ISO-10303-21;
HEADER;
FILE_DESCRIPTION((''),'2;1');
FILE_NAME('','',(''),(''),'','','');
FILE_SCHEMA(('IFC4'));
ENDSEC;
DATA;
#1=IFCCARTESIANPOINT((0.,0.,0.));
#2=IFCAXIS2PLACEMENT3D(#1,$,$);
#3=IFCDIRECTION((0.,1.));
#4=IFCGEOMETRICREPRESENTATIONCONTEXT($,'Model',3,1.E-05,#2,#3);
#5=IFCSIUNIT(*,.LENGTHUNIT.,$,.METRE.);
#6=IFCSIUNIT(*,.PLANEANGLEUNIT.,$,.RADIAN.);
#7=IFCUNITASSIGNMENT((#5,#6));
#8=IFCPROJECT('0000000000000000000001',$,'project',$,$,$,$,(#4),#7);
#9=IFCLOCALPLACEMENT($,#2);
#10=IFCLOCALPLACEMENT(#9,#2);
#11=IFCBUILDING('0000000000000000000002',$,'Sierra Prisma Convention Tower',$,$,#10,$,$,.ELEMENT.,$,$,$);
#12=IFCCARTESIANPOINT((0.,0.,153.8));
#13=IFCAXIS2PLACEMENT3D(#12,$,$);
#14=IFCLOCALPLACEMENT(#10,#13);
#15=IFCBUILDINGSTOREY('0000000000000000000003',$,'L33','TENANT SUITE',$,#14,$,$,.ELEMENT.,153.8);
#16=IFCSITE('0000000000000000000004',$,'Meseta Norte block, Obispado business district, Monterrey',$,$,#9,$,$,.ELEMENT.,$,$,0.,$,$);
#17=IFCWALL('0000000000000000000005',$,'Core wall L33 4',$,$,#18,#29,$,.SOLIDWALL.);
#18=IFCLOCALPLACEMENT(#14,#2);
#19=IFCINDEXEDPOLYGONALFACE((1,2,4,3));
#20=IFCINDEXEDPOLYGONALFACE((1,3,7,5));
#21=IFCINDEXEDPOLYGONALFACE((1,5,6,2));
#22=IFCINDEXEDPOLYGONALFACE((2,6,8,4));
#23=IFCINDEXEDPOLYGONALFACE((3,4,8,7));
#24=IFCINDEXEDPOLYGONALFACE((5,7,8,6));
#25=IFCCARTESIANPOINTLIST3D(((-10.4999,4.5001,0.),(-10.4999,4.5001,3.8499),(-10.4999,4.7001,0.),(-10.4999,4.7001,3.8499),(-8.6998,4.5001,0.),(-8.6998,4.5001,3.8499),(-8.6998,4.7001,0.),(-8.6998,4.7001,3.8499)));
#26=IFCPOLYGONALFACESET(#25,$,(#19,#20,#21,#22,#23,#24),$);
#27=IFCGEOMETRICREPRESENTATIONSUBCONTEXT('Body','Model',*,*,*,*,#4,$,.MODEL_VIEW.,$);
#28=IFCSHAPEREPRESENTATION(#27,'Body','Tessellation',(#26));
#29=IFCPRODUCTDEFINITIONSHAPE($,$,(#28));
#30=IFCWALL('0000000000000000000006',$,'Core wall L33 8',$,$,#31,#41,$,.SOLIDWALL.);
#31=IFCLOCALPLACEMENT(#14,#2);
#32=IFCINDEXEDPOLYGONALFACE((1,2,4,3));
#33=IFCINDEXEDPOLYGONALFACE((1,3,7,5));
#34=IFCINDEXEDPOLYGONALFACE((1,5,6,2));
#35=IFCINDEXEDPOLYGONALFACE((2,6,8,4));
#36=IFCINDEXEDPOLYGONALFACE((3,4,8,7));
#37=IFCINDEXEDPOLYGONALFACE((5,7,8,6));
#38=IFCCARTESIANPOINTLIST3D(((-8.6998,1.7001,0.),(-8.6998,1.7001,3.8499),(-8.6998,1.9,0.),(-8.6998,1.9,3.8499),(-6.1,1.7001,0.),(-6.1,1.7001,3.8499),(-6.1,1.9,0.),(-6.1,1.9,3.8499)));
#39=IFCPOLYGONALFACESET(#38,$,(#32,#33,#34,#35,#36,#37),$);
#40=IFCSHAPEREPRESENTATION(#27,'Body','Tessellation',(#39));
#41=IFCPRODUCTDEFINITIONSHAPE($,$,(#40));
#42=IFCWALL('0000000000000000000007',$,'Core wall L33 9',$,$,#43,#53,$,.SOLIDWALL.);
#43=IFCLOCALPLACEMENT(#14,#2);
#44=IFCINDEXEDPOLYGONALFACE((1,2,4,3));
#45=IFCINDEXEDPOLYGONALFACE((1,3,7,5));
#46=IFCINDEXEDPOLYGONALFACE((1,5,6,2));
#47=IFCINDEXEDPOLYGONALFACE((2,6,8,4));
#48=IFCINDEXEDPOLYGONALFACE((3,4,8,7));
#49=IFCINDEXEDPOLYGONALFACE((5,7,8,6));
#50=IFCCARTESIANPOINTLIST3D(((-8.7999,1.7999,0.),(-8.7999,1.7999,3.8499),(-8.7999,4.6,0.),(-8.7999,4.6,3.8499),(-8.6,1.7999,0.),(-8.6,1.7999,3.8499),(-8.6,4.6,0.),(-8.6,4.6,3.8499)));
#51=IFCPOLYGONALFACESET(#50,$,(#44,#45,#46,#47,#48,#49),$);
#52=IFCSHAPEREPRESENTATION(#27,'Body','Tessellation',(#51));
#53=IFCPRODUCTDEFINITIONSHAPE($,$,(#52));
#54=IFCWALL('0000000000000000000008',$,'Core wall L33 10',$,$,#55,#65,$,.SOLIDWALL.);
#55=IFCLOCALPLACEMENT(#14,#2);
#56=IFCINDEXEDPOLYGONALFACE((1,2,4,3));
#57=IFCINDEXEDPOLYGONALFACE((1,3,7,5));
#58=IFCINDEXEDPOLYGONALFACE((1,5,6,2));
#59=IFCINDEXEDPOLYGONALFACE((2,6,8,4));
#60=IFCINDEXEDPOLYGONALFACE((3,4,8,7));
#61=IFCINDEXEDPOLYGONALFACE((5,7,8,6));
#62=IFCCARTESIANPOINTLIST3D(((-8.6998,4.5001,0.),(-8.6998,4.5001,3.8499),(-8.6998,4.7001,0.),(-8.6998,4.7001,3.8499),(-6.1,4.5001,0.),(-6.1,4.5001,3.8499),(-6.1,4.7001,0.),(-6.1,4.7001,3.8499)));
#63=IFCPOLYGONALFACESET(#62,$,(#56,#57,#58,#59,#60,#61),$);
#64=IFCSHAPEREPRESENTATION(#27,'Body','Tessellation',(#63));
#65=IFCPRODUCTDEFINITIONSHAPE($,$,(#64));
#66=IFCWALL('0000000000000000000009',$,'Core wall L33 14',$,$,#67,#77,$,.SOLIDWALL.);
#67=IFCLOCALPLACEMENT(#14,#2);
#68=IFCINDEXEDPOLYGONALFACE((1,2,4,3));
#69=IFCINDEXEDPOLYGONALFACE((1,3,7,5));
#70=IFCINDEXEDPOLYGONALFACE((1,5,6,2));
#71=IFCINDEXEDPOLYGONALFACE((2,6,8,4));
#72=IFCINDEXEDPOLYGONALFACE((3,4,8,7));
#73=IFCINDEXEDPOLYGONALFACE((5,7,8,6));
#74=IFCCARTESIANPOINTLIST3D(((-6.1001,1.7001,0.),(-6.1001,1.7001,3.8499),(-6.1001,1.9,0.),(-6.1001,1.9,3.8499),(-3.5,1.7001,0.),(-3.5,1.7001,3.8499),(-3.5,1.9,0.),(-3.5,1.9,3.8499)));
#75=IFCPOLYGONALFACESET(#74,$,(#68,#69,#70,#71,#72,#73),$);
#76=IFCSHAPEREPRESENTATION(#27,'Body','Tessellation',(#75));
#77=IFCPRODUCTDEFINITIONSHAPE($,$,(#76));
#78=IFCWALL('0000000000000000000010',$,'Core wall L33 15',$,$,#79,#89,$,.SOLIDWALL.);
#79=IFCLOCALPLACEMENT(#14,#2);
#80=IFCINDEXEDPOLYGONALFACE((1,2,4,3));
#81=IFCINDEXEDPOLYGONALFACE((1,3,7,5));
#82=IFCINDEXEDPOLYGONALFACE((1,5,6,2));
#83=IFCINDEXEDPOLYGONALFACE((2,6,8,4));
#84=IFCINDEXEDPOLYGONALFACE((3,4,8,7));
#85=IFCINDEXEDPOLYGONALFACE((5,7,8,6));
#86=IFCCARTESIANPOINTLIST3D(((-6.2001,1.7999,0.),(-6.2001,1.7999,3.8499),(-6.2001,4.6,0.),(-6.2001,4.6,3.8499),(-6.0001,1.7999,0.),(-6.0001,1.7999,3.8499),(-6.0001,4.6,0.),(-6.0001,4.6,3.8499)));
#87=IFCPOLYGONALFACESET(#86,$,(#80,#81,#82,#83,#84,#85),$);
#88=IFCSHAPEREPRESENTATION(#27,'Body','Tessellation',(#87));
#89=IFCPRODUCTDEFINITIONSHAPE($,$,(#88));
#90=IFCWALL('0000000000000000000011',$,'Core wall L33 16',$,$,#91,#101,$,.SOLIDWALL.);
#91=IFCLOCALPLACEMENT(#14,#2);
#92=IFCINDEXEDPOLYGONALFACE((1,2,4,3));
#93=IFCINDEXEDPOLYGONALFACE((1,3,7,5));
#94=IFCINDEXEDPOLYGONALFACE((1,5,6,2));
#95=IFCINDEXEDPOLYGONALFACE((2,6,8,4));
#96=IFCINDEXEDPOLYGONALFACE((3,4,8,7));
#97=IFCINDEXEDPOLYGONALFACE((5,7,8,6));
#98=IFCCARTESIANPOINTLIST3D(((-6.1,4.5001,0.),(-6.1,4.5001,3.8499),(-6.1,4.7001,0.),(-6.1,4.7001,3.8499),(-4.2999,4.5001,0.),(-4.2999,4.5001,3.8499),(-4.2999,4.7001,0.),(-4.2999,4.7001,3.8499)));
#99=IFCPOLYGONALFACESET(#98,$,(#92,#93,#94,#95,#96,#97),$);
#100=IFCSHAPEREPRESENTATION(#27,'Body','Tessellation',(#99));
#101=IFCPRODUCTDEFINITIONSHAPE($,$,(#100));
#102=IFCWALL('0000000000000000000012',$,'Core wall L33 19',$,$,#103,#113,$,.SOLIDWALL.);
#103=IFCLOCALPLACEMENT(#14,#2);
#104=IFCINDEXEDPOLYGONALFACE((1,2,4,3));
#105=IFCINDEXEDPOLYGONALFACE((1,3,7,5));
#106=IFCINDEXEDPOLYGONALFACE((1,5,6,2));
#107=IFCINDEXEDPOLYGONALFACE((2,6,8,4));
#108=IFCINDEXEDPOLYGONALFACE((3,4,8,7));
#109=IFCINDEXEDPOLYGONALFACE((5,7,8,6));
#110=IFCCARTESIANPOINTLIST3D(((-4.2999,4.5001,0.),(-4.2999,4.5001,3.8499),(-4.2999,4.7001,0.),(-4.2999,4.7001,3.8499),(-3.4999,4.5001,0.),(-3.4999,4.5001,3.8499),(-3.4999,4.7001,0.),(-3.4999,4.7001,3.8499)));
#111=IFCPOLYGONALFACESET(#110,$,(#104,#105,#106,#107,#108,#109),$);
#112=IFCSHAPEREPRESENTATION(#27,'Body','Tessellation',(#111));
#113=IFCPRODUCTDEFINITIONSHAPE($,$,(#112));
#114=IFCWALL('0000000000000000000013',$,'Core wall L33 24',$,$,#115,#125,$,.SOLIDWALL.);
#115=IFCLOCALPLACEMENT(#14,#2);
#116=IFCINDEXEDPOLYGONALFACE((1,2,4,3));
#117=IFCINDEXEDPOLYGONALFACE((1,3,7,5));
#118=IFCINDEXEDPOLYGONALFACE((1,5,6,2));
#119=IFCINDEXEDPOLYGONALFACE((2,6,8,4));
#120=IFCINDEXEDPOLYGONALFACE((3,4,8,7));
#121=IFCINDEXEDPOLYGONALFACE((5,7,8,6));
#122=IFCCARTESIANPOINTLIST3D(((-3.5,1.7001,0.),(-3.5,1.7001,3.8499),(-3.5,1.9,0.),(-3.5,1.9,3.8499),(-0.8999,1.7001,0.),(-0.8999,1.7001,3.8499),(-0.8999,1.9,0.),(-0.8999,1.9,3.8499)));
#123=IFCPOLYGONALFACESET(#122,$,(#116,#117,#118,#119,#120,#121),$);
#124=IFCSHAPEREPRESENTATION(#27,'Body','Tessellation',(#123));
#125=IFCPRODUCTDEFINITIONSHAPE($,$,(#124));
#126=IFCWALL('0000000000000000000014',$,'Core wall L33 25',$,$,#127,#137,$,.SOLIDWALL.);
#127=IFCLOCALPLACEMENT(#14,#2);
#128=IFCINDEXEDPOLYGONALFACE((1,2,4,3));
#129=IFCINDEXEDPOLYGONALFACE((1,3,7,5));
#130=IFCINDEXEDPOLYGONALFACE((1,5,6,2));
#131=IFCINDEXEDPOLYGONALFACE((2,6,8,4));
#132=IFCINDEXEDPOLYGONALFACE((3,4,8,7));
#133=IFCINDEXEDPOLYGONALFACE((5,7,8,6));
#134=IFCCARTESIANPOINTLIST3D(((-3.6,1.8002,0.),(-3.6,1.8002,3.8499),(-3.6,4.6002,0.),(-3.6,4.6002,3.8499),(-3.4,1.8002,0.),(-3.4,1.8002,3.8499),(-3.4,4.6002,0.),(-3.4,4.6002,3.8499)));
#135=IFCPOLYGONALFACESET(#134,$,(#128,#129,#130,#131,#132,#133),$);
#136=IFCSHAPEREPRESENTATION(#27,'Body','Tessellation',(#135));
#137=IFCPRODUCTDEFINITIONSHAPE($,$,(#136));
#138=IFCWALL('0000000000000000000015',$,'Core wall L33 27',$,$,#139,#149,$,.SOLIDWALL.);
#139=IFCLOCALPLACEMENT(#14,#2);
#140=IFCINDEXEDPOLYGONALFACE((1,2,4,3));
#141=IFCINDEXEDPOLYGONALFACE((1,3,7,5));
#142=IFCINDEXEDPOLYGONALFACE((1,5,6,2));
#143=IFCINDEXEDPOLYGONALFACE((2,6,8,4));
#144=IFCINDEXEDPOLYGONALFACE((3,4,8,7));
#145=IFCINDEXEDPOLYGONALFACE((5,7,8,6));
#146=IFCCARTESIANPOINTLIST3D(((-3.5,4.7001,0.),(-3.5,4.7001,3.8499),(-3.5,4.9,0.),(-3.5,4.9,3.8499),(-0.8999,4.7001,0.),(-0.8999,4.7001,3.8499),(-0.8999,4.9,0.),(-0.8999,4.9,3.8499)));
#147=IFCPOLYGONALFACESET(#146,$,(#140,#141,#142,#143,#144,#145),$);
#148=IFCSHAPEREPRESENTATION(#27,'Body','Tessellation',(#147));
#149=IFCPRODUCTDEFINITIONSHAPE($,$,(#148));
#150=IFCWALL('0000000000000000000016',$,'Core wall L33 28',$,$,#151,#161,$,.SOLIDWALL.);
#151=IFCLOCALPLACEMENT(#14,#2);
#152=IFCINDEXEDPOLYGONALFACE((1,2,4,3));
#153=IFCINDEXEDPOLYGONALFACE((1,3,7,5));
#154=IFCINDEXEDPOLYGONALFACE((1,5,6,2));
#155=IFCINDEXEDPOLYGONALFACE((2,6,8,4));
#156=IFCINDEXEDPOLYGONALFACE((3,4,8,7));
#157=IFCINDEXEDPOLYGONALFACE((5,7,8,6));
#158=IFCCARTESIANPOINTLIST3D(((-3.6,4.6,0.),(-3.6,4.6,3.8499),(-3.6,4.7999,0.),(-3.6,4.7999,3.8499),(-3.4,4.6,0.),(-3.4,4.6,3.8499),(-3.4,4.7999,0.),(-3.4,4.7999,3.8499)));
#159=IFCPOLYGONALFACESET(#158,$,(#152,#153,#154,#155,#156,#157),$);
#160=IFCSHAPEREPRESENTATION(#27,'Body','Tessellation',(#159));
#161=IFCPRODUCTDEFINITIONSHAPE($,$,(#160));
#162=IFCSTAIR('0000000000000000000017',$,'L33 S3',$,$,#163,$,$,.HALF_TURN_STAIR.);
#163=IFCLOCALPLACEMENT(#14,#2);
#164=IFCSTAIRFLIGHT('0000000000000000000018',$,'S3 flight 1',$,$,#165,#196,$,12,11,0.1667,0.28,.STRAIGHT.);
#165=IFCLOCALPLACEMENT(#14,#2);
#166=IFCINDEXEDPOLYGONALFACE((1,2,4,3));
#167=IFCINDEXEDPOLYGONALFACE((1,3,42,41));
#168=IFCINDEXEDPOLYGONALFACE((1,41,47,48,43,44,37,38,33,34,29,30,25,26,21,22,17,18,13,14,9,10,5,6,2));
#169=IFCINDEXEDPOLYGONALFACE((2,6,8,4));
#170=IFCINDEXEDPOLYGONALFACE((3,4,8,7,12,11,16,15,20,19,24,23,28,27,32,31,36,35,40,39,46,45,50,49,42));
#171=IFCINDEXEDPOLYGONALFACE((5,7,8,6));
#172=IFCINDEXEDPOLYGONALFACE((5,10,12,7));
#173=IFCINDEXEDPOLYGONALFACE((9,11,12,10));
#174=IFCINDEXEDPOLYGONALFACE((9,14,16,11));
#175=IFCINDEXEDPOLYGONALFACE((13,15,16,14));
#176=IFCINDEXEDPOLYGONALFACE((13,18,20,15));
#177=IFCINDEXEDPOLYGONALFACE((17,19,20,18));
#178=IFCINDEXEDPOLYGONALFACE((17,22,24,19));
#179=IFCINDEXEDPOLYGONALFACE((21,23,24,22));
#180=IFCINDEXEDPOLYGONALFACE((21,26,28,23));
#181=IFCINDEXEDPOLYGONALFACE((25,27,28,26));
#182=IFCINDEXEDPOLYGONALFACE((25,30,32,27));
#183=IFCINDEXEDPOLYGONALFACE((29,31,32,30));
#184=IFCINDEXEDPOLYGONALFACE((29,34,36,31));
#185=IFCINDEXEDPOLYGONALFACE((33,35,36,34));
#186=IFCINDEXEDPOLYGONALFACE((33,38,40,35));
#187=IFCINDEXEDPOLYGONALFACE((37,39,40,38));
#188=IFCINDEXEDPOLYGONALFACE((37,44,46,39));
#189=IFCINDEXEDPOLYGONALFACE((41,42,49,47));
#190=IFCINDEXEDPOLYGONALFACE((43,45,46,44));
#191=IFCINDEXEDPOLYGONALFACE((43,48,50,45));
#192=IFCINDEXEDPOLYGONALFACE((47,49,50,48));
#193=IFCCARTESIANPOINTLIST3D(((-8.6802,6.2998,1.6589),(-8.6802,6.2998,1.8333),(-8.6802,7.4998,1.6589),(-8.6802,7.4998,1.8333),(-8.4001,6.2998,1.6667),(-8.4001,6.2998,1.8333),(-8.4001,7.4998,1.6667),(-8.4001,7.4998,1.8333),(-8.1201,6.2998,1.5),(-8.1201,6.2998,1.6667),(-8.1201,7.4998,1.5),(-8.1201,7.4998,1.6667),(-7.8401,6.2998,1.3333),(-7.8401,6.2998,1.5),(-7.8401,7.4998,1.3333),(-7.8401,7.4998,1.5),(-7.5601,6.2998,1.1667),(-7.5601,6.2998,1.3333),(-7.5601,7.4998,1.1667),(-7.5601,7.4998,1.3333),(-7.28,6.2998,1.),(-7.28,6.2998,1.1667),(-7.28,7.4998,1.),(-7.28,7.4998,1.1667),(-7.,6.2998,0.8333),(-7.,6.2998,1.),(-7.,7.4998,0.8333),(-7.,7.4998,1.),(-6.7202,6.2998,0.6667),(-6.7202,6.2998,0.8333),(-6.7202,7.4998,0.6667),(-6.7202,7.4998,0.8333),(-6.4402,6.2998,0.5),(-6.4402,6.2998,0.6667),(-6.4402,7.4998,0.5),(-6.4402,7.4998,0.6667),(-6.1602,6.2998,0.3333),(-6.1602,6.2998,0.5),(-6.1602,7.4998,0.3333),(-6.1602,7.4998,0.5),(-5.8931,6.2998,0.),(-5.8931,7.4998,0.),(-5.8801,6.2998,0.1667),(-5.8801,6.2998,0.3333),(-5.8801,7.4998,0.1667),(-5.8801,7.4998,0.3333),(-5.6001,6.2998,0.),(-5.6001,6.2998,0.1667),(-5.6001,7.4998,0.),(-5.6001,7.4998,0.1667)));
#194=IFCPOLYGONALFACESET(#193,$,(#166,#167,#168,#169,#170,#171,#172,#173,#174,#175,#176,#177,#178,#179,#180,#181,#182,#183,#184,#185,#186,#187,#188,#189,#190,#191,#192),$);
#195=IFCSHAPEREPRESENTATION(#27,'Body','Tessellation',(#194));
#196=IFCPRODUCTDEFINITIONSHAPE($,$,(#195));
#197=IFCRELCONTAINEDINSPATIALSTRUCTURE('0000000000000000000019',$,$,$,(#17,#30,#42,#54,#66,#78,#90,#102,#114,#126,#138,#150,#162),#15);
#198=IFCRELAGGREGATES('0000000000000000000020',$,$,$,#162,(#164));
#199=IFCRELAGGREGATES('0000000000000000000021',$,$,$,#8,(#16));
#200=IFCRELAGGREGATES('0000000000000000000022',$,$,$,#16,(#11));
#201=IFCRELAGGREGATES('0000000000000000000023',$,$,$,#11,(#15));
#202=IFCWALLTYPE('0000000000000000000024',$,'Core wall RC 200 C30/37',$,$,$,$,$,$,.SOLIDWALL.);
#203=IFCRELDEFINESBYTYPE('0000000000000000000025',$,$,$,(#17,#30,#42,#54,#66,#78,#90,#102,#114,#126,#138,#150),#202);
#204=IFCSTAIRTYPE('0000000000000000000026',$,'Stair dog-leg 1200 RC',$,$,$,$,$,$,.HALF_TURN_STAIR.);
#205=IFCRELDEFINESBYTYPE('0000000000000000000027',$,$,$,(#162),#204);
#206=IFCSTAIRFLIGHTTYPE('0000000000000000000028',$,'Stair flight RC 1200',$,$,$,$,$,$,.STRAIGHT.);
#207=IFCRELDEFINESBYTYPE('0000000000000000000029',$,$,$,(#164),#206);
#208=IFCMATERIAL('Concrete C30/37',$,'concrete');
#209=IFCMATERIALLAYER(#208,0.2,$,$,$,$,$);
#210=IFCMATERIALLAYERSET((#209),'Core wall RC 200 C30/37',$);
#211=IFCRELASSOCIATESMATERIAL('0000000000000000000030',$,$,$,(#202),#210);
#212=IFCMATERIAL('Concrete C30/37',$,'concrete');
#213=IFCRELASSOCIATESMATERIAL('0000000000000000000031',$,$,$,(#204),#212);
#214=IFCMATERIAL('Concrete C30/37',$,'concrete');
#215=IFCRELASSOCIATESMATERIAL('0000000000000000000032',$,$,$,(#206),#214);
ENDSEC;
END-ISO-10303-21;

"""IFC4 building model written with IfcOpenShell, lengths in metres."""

from ifc_helpers import new_model, si_unit, direction, frame, frame_2d, origin, place, context, subcontext, project, spatial, polyline, rectangle, outline, extrude, material, layer, layer_set, type_object, element, aggregate, save


model = new_model("IFC4")

# Units and contexts
model_context = context("Model", 3, precision=1e-05, world=origin(), true_north=direction((0.0, 1.0)))
body_context = subcontext(model_context, "Body", "Model", "MODEL_VIEW")
ifc_project = project(units=[si_unit("LENGTHUNIT", "METRE"), si_unit("PLANEANGLEUNIT", "RADIAN")], contexts=[model_context])

# Site, building, storey
site_placement = place(None, origin())
site = spatial("IfcSite", under=ifc_project, at=site_placement, Name="Meseta Norte block, Obispado business district, Monterrey", CompositionType="ELEMENT", RefElevation=0.0)
building_placement = place(site_placement, origin())
building = spatial("IfcBuilding", under=site, at=building_placement, Name="Sierra Prisma Convention Tower", CompositionType="ELEMENT")
storey_placement = place(building_placement, frame((0.0, 0.0, 153.8)))
storey = spatial("IfcBuildingStorey", under=building, at=storey_placement, Name="L33", Description="TENANT SUITE", CompositionType="ELEMENT", Elevation=153.8)

# Shared definitions
ifc_material_1 = material(Name="Concrete C30/37", Category="concrete")
ifc_layer_1 = layer(ifc_material_1, 0.2)
ifc_layer_set_1 = layer_set([ifc_layer_1], Name="Core wall RC 200 C30/37")
wall_type = type_object("IfcWallType", Name="Core wall RC 200 C30/37", PredefinedType="SOLIDWALL", material=ifc_layer_set_1)

# Walls
wall_1_placement = place(storey_placement, frame((-8.7, 4.6001, 0.0), z_axis=(0.0, 0.0, 1.0), x_axis=(-1.0, 0.0, 0.0)))
element("IfcWall", 1, at=wall_1_placement, inside=storey, type_object=wall_type, Name="Core wall L33 4", PredefinedType="SOLIDWALL", context=body_context, shape_type="SweptSolid", body=[
    extrude(rectangle(XDim=1.8, YDim=0.2, at=frame_2d((0.8999, 0.0))), origin(), (0.0, 0.0, 1.0), 3.8499),
])
wall_2_placement = place(storey_placement, frame((-6.1001, 1.8, 0.0), z_axis=(0.0, 0.0, 1.0), x_axis=(-1.0, 0.0, 0.0)))
element("IfcWall", 2, at=wall_2_placement, inside=storey, type_object=wall_type, Name="Core wall L33 8", PredefinedType="SOLIDWALL", context=body_context, shape_type="SweptSolid", body=[
    extrude(rectangle(XDim=2.5999, YDim=0.2, at=frame_2d((1.2998, 0.0))), origin(), (0.0, 0.0, 1.0), 3.8499),
])
wall_3_placement = place(storey_placement, frame((-8.7, 1.8, 0.0), z_axis=(0.0, 0.0, 1.0), x_axis=(0.0, 1.0, 0.0)))
element("IfcWall", 3, at=wall_3_placement, inside=storey, type_object=wall_type, Name="Core wall L33 9", PredefinedType="SOLIDWALL", context=body_context, shape_type="SweptSolid", body=[
    extrude(rectangle(XDim=2.8, YDim=0.2, at=frame_2d((1.3999, 0.0))), origin(), (0.0, 0.0, 1.0), 3.8499),
])
wall_4_placement = place(storey_placement, frame((-6.1001, 4.6001, 0.0), z_axis=(0.0, 0.0, 1.0), x_axis=(-1.0, 0.0, 0.0)))
element("IfcWall", 4, at=wall_4_placement, inside=storey, type_object=wall_type, Name="Core wall L33 10", PredefinedType="SOLIDWALL", context=body_context, shape_type="SweptSolid", body=[
    extrude(rectangle(XDim=2.5999, YDim=0.2, at=frame_2d((1.2998, 0.0))), origin(), (0.0, 0.0, 1.0), 3.8499),
])

# Walls
wall_5_placement = place(storey_placement, frame((-3.5, 1.8, 0.0), z_axis=(0.0, 0.0, 1.0), x_axis=(-1.0, 0.0, 0.0)))
element("IfcWall", 5, at=wall_5_placement, inside=storey, type_object=wall_type, Name="Core wall L33 14", PredefinedType="SOLIDWALL", context=body_context, shape_type="SweptSolid", body=[
    extrude(rectangle(XDim=2.6001, YDim=0.2, at=frame_2d((1.3, 0.0))), origin(), (0.0, 0.0, 1.0), 3.8499),
])
wall_6_placement = place(storey_placement, frame((-6.1001, 1.8, 0.0), z_axis=(0.0, 0.0, 1.0), x_axis=(0.0, 1.0, 0.0)))
element("IfcWall", 6, at=wall_6_placement, inside=storey, type_object=wall_type, Name="Core wall L33 15", PredefinedType="SOLIDWALL", context=body_context, shape_type="SweptSolid", body=[
    extrude(rectangle(XDim=2.8, YDim=0.2, at=frame_2d((1.3999, 0.0))), origin(), (0.0, 0.0, 1.0), 3.8499),
])
wall_7_placement = place(storey_placement, frame((-4.3, 4.6001, 0.0), z_axis=(0.0, 0.0, 1.0), x_axis=(-1.0, 0.0, 0.0)))
element("IfcWall", 7, at=wall_7_placement, inside=storey, type_object=wall_type, Name="Core wall L33 16", PredefinedType="SOLIDWALL", context=body_context, shape_type="SweptSolid", body=[
    extrude(rectangle(XDim=1.8, YDim=0.2, at=frame_2d((0.8999, 0.0))), origin(), (0.0, 0.0, 1.0), 3.8499),
])
wall_8_placement = place(storey_placement, frame((-3.5, 4.6001, 0.0), z_axis=(0.0, 0.0, 1.0), x_axis=(-1.0, 0.0, 0.0)))
element("IfcWall", 8, at=wall_8_placement, inside=storey, type_object=wall_type, Name="Core wall L33 19", PredefinedType="SOLIDWALL", context=body_context, shape_type="SweptSolid", body=[
    extrude(rectangle(XDim=0.8, YDim=0.2, at=frame_2d((0.3999, 0.0))), origin(), (0.0, 0.0, 1.0), 3.8499),
])

# Walls
wall_9_placement = place(storey_placement, frame((-0.8999, 1.8, 0.0), z_axis=(0.0, 0.0, 1.0), x_axis=(-1.0, 0.0, 0.0)))
element("IfcWall", 9, at=wall_9_placement, inside=storey, type_object=wall_type, Name="Core wall L33 24", PredefinedType="SOLIDWALL", context=body_context, shape_type="SweptSolid", body=[
    extrude(rectangle(XDim=2.6001, YDim=0.2, at=frame_2d((1.3, 0.0))), origin(), (0.0, 0.0, 1.0), 3.8499),
])
wall_10_placement = place(storey_placement, frame((-3.5, 4.6001, 0.0), z_axis=(0.0, 0.0, 1.0), x_axis=(0.0, -1.0, 0.0)))
element("IfcWall", 10, at=wall_10_placement, inside=storey, type_object=wall_type, Name="Core wall L33 25", PredefinedType="SOLIDWALL", context=body_context, shape_type="SweptSolid", body=[
    extrude(rectangle(XDim=2.8, YDim=0.2, at=frame_2d((1.3999, 0.0))), origin(), (0.0, 0.0, 1.0), 3.8499),
])

# Walls
wall_11_placement = place(storey_placement, frame((-0.8999, 4.8, 0.0), z_axis=(0.0, 0.0, 1.0), x_axis=(-1.0, 0.0, 0.0)))
element("IfcWall", 11, at=wall_11_placement, inside=storey, type_object=wall_type, Name="Core wall L33 27", PredefinedType="SOLIDWALL", context=body_context, shape_type="SweptSolid", body=[
    extrude(rectangle(XDim=2.6001, YDim=0.2, at=frame_2d((1.3, 0.0))), origin(), (0.0, 0.0, 1.0), 3.8499),
])
wall_12_placement = place(storey_placement, frame((-3.5, 4.8, 0.0), z_axis=(0.0, 0.0, 1.0), x_axis=(0.0, -1.0, 0.0)))
element("IfcWall", 12, at=wall_12_placement, inside=storey, type_object=wall_type, Name="Core wall L33 28", PredefinedType="SOLIDWALL", context=body_context, shape_type="SweptSolid", body=[
    extrude(rectangle(XDim=0.2, YDim=0.2, at=frame_2d((0.1001, 0.0))), origin(), (0.0, 0.0, 1.0), 3.8499),
])

# Stair, stair flight
ifc_material_2 = material(Name="Concrete C30/37", Category="concrete")
stair_type = type_object("IfcStairType", Name="Stair dog-leg 1200 RC", PredefinedType="HALF_TURN_STAIR", material=ifc_material_2)
stair_placement = place(storey_placement, origin())
stair = element("IfcStair", 13, at=stair_placement, inside=storey, type_object=stair_type, Name="L33 S3", PredefinedType="HALF_TURN_STAIR")
ifc_material_3 = material(Name="Concrete C30/37", Category="concrete")
stair_flight_type = type_object("IfcStairFlightType", Name="Stair flight RC 1200", PredefinedType="STRAIGHT", material=ifc_material_3)
stair_flight_1_placement = place(storey_placement, frame((-5.6001, 6.8999, 0.0), z_axis=(0.0, 0.0, 1.0), x_axis=(-1.0, 0.0, 0.0)))
stair_flight_1 = element("IfcStairFlight", 14, at=stair_flight_1_placement, type_object=stair_flight_type, Name="S3 flight 1", NumberOfRisers=12, NumberOfTreads=11, PredefinedType="STRAIGHT", RiserHeight=0.1667, TreadLength=0.28, context=body_context, shape_type="SweptSolid", body=[
    extrude(outline(polyline([(0.0, 0.0), (0.0, 0.1667), (0.28, 0.1667), (0.28, 0.3333), (0.5601, 0.3333), (0.5601, 0.5), (0.8401, 0.5), (0.8401, 0.6667), (1.1201, 0.6667), (1.1201, 0.8333), (1.3999, 0.8333), (1.3999, 1.0), (1.6799, 1.0), (1.6799, 1.1667), (1.96, 1.1667), (1.96, 1.3333), (2.24, 1.3333), (2.24, 1.5), (2.52, 1.5), (2.52, 1.6667), (2.8, 1.6667), (2.8, 1.8333), (3.0801, 1.8333), (3.0801, 2.0), (3.0801, 1.6589), (0.293, 0.0), (0.0, 0.0)])), frame((0.0, 0.6001, 0.0), z_axis=(0.0, -1.0, 0.0), x_axis=(1.0, 0.0, 0.0)), (0.0, 0.0, 1.0), 1.2),
])
aggregate(stair, [stair_flight_1])

save(model, "model.ifc")
